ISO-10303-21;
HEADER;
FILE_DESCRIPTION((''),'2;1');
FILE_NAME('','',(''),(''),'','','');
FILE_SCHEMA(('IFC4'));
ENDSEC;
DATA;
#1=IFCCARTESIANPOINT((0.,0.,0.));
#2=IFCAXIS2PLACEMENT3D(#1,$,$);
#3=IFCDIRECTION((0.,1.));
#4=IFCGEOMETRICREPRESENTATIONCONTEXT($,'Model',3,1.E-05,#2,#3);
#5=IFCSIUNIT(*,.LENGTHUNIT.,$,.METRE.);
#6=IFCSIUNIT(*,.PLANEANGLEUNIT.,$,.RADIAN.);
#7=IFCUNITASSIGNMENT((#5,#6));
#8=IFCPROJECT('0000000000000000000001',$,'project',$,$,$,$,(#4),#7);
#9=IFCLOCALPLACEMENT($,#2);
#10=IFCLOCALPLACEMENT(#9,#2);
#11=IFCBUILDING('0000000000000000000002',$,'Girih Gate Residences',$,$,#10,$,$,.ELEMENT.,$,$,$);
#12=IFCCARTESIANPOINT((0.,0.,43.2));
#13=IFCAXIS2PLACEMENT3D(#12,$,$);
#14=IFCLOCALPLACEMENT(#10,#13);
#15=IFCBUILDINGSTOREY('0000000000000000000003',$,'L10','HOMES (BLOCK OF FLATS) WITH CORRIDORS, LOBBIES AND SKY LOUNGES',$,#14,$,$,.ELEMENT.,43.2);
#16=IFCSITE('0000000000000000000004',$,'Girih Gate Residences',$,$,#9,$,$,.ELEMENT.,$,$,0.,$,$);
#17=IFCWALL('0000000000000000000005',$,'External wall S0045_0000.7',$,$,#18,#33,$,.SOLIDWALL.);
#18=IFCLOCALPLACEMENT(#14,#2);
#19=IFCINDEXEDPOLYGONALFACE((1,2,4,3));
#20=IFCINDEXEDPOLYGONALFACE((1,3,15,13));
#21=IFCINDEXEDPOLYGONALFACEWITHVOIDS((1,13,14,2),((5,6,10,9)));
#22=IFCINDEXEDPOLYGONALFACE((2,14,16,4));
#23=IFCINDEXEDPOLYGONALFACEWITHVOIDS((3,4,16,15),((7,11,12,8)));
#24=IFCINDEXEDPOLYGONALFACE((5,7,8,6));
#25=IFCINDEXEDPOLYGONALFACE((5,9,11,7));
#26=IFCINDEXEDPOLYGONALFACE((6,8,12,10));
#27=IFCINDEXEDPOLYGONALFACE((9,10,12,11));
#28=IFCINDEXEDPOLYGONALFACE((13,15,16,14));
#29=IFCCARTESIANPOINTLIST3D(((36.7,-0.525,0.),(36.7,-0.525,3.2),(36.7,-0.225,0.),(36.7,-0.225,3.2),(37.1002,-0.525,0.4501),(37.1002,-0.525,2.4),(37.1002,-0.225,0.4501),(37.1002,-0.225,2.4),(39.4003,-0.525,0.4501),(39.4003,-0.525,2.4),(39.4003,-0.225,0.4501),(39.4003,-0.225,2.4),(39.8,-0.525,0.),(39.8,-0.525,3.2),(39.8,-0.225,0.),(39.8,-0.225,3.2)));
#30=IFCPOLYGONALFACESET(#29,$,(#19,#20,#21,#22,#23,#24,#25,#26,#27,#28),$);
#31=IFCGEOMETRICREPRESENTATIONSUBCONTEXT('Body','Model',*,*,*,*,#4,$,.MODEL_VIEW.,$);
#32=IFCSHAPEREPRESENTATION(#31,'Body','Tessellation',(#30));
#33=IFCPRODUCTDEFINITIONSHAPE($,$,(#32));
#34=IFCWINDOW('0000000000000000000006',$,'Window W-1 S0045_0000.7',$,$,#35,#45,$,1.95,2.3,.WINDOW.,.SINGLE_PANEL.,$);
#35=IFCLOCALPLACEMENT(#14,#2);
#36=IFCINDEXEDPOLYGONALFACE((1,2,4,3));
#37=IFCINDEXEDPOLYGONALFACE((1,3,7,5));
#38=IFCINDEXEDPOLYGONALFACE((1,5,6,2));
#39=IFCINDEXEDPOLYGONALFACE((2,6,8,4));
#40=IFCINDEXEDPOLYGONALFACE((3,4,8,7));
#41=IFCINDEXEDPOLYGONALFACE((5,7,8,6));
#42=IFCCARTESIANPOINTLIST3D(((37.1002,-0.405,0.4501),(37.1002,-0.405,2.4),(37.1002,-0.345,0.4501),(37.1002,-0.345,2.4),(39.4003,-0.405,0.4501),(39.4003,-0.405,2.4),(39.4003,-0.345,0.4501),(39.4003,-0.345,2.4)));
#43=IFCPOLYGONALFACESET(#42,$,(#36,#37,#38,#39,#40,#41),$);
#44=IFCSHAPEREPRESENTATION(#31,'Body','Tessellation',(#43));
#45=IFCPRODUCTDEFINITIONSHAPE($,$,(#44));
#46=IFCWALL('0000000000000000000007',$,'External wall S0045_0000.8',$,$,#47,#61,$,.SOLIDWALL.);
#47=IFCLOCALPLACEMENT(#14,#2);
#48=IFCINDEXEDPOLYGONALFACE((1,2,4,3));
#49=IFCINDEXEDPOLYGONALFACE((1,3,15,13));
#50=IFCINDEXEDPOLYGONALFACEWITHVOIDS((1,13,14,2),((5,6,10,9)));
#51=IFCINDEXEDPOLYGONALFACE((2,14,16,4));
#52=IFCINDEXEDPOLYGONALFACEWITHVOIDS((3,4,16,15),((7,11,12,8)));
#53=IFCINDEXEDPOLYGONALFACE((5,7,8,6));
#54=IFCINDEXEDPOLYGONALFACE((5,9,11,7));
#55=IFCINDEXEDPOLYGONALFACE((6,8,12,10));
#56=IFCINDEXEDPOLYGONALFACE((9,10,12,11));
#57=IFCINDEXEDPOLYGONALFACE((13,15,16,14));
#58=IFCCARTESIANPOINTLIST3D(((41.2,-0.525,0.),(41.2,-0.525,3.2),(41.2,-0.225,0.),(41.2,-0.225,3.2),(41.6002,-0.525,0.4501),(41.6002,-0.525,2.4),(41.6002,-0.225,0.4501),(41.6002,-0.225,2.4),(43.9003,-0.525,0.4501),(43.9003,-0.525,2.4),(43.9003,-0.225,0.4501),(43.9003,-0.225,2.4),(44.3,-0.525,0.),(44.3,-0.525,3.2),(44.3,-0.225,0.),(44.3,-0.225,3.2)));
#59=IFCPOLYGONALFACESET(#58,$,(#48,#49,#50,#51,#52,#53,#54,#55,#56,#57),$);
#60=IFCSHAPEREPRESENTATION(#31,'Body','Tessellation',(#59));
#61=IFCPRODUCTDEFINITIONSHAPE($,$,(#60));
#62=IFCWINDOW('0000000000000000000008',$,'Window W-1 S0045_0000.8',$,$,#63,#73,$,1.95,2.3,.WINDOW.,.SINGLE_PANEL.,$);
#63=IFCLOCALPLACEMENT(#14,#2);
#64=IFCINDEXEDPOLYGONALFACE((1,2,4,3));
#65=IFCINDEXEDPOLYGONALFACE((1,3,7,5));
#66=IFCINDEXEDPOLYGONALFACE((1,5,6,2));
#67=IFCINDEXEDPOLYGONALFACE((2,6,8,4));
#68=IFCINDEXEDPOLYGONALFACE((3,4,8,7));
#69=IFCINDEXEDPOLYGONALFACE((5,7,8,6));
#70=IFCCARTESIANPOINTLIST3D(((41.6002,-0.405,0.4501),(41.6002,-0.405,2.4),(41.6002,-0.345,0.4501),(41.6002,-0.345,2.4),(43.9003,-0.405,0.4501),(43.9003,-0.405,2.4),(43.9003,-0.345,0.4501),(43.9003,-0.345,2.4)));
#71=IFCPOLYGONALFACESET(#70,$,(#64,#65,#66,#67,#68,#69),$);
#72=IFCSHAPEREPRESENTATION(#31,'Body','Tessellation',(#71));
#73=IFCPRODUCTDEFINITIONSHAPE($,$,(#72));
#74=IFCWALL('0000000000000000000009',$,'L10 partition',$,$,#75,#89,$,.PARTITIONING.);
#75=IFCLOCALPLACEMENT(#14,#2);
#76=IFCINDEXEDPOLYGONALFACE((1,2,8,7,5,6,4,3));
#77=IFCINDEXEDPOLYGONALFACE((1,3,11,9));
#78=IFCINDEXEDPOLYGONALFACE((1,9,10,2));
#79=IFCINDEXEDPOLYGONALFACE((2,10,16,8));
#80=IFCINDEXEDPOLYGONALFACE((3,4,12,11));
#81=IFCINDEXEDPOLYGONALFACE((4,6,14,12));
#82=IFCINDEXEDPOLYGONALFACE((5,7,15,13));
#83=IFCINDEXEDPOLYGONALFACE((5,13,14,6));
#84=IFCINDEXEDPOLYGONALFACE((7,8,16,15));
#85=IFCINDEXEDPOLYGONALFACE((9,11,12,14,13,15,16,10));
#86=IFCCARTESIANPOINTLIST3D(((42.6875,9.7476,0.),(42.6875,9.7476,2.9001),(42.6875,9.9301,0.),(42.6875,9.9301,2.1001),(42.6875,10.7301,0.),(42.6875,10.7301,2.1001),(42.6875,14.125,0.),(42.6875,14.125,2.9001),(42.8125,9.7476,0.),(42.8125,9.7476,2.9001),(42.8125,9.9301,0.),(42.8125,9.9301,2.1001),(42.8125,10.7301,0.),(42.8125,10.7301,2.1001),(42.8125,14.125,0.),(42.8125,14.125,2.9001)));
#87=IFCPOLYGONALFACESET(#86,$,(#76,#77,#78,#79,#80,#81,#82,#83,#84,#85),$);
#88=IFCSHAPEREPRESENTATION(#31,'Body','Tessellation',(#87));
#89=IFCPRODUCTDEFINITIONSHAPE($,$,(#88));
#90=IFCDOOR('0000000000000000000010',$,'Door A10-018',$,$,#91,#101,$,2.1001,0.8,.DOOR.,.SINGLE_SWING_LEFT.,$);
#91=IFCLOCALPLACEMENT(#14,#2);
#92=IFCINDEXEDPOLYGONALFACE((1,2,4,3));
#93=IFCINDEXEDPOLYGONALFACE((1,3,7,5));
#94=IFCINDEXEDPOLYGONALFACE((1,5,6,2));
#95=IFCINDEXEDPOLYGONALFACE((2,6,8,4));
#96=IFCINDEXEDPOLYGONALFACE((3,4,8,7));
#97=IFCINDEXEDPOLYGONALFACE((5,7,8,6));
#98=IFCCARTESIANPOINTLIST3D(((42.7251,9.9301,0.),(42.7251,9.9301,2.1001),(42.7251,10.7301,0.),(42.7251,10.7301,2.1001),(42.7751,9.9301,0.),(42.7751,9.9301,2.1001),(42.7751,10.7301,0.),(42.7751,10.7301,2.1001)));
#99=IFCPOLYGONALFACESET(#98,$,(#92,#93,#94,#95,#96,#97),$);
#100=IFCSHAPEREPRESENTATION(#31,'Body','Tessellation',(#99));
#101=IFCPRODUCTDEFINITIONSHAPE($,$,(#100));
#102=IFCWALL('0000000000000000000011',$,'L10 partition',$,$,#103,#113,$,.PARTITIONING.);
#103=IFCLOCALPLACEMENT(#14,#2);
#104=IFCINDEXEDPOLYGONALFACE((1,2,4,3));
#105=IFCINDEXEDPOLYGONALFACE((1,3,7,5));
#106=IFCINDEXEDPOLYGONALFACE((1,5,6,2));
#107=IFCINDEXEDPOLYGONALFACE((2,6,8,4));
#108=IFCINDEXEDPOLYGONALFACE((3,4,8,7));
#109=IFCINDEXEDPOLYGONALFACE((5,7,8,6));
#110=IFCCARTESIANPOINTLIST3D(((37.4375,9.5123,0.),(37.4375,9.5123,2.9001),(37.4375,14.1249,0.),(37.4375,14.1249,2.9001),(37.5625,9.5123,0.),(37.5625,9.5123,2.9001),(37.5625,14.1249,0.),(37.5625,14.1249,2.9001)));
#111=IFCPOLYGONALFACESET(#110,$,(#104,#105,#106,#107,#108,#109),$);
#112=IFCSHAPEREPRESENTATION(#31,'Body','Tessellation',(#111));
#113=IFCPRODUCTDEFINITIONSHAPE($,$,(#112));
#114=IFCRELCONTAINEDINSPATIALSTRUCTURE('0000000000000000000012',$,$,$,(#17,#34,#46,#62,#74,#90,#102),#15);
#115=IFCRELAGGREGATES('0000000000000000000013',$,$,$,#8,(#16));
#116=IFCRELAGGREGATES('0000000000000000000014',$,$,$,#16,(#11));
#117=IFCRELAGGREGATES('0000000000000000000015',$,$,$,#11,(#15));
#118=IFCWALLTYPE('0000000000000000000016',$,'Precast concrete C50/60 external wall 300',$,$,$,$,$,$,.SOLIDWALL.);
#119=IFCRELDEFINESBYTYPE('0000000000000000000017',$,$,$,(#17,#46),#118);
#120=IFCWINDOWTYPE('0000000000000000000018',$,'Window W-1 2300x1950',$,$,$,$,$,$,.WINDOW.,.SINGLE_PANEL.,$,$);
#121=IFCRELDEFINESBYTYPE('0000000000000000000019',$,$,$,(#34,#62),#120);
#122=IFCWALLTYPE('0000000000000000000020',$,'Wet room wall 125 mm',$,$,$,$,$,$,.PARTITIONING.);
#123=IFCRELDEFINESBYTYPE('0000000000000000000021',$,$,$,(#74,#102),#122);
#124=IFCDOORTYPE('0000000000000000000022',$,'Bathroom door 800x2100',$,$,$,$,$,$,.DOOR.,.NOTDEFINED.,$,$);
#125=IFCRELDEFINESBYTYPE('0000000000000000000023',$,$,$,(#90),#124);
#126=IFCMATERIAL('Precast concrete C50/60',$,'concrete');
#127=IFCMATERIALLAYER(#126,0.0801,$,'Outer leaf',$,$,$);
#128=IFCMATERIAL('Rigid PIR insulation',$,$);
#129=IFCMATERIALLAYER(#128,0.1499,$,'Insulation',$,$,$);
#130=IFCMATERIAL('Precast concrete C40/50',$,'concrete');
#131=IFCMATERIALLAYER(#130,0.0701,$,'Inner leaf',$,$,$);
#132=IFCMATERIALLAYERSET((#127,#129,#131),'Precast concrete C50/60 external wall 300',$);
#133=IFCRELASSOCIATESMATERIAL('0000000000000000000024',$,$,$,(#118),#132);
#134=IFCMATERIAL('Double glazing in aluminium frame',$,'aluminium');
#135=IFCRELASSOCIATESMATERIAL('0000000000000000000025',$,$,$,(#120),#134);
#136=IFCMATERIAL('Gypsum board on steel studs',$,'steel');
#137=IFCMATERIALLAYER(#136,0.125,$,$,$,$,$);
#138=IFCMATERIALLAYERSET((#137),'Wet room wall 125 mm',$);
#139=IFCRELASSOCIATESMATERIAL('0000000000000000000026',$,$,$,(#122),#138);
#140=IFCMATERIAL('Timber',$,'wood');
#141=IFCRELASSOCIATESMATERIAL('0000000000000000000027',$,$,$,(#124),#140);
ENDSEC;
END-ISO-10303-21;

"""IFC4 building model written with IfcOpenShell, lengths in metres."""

from ifc_helpers import new_model, si_unit, direction, frame, frame_2d, origin, place, context, subcontext, project, spatial, rectangle, extrude, material, layer, layer_set, type_object, element, fill, save


model = new_model("IFC4")

# Units and contexts
model_context = context("Model", 3, precision=1e-05, world=origin(), true_north=direction((0.0, 1.0)))
body_context = subcontext(model_context, "Body", "Model", "MODEL_VIEW")
ifc_project = project(units=[si_unit("LENGTHUNIT", "METRE"), si_unit("PLANEANGLEUNIT", "RADIAN")], contexts=[model_context])

# Site, building, storey
site_placement = place(None, origin())
site = spatial("IfcSite", under=ifc_project, at=site_placement, Name="Girih Gate Residences", CompositionType="ELEMENT", RefElevation=0.0)
building_placement = place(site_placement, origin())
building = spatial("IfcBuilding", under=site, at=building_placement, Name="Girih Gate Residences", CompositionType="ELEMENT")
storey_placement = place(building_placement, frame((0.0, 0.0, 43.2)))
storey = spatial("IfcBuildingStorey", under=building, at=storey_placement, Name="L10", Description="HOMES (BLOCK OF FLATS) WITH CORRIDORS, LOBBIES AND SKY LOUNGES", CompositionType="ELEMENT", Elevation=43.2)

# Shared definitions
ifc_material_1 = material(Name="Gypsum board on steel studs", Category="steel")
ifc_material_2 = material(Name="Timber", Category="wood")

# Walls, openings, windows
ifc_material_3 = material(Name="Precast concrete C50/60", Category="concrete")
ifc_layer_1 = layer(ifc_material_3, 0.0801, Name="Outer leaf")
ifc_material_4 = material(Name="Rigid PIR insulation")
ifc_layer_2 = layer(ifc_material_4, 0.1499, Name="Insulation")
ifc_material_5 = material(Name="Precast concrete C40/50", Category="concrete")
ifc_layer_3 = layer(ifc_material_5, 0.0701, Name="Inner leaf")
ifc_layer_set_1 = layer_set([ifc_layer_1, ifc_layer_2, ifc_layer_3], Name="Precast concrete C50/60 external wall 300")
wall_type_1 = type_object("IfcWallType", Name="Precast concrete C50/60 external wall 300", PredefinedType="SOLIDWALL", material=ifc_layer_set_1)
wall_1_placement = place(storey_placement, frame((39.8, -0.375, 0.0), z_axis=(0.0, 0.0, 1.0), x_axis=(-1.0, 0.0, 0.0)))
wall_1 = element("IfcWall", 1, at=wall_1_placement, inside=storey, type_object=wall_type_1, Name="External wall S0045_0000.7", PredefinedType="SOLIDWALL", context=body_context, shape_type="SweptSolid", body=[
    extrude(rectangle(XDim=3.1001, YDim=0.3, at=frame_2d((1.55, 0.0))), origin(), (0.0, 0.0, 1.0), 3.2),
])
opening_1_placement = place(wall_1_placement, frame((0.3999, 0.0, 0.45)))
opening_1 = element("IfcOpeningElement", 2, at=opening_1_placement, cuts=wall_1, PredefinedType="OPENING", context=body_context, shape_type="SweptSolid", body=[
    extrude(rectangle(XDim=2.3, YDim=1.95, at=frame_2d((1.1499, 0.9751))), frame((0.0, 0.1599, 0.0), z_axis=(0.0, -1.0, 0.0), x_axis=(1.0, 0.0, 0.0)), (0.0, 0.0, 1.0), 0.3201),
])
ifc_material_6 = material(Name="Double glazing in aluminium frame", Category="aluminium")
window_type = type_object("IfcWindowType", Name="Window W-1 2300x1950", PartitioningType="SINGLE_PANEL", PredefinedType="WINDOW", material=ifc_material_6)
window_1_placement = place(opening_1_placement, origin())
window_1 = element("IfcWindow", 3, at=window_1_placement, inside=storey, type_object=window_type, Name="Window W-1 S0045_0000.7", OverallHeight=1.95, OverallWidth=2.3, PartitioningType="SINGLE_PANEL", PredefinedType="WINDOW", context=body_context, shape_type="SweptSolid", body=[
    extrude(rectangle(XDim=2.3, YDim=1.95, at=frame_2d((1.1499, 0.9751))), frame((0.0, 0.03, 0.0), z_axis=(0.0, -1.0, 0.0), x_axis=(1.0, 0.0, 0.0)), (0.0, 0.0, 1.0), 0.0601),
])
fill(opening_1, window_1)
wall_2_placement = place(storey_placement, frame((44.3, -0.375, 0.0), z_axis=(0.0, 0.0, 1.0), x_axis=(-1.0, 0.0, 0.0)))
wall_2 = element("IfcWall", 4, at=wall_2_placement, inside=storey, type_object=wall_type_1, Name="External wall S0045_0000.8", PredefinedType="SOLIDWALL", context=body_context, shape_type="SweptSolid", body=[
    extrude(rectangle(XDim=3.1001, YDim=0.3, at=frame_2d((1.55, 0.0))), origin(), (0.0, 0.0, 1.0), 3.2),
])
opening_2_placement = place(wall_2_placement, frame((0.3999, 0.0, 0.45)))
opening_2 = element("IfcOpeningElement", 5, at=opening_2_placement, cuts=wall_2, PredefinedType="OPENING", context=body_context, shape_type="SweptSolid", body=[
    extrude(rectangle(XDim=2.3, YDim=1.95, at=frame_2d((1.1499, 0.9751))), frame((0.0, 0.1599, 0.0), z_axis=(0.0, -1.0, 0.0), x_axis=(1.0, 0.0, 0.0)), (0.0, 0.0, 1.0), 0.3201),
])
window_2_placement = place(opening_2_placement, origin())
window_2 = element("IfcWindow", 6, at=window_2_placement, inside=storey, type_object=window_type, Name="Window W-1 S0045_0000.8", OverallHeight=1.95, OverallWidth=2.3, PartitioningType="SINGLE_PANEL", PredefinedType="WINDOW", context=body_context, shape_type="SweptSolid", body=[
    extrude(rectangle(XDim=2.3, YDim=1.95, at=frame_2d((1.1499, 0.9751))), frame((0.0, 0.03, 0.0), z_axis=(0.0, -1.0, 0.0), x_axis=(1.0, 0.0, 0.0)), (0.0, 0.0, 1.0), 0.0601),
])
fill(opening_2, window_2)

# Wall, opening, door
ifc_layer_4 = layer(ifc_material_1, 0.125)
ifc_layer_set_2 = layer_set([ifc_layer_4], Name="Wet room wall 125 mm")
wall_type_2 = type_object("IfcWallType", Name="Wet room wall 125 mm", PredefinedType="PARTITIONING", material=ifc_layer_set_2)
wall_3_placement = place(storey_placement, frame((42.75, 9.7476, 0.0), z_axis=(0.0, 0.0, 1.0), x_axis=(0.0, 1.0, 0.0)))
wall_3 = element("IfcWall", 7, at=wall_3_placement, inside=storey, type_object=wall_type_2, Name="L10 partition", PredefinedType="PARTITIONING", context=body_context, shape_type="SweptSolid", body=[
    extrude(rectangle(XDim=4.3774, YDim=0.125, at=frame_2d((2.1887, 0.0))), origin(), (0.0, 0.0, 1.0), 2.9001),
])
opening_3_placement = place(wall_3_placement, frame((0.1826, 0.0, 0.0)))
opening_3 = element("IfcOpeningElement", 8, at=opening_3_placement, cuts=wall_3, PredefinedType="OPENING", context=body_context, shape_type="SweptSolid", body=[
    extrude(rectangle(XDim=0.8, YDim=2.1001, at=frame_2d((0.3999, 1.05))), frame((0.0, 0.0725, 0.0), z_axis=(0.0, -1.0, 0.0), x_axis=(1.0, 0.0, 0.0)), (0.0, 0.0, 1.0), 0.145),
])
door_type_1 = type_object("IfcDoorType", Name="Bathroom door 800x2100", OperationType="NOTDEFINED", PredefinedType="DOOR", material=ifc_material_2)
door_1_placement = place(opening_3_placement, origin())
door_1 = element("IfcDoor", 9, at=door_1_placement, inside=storey, type_object=door_type_1, Name="Door A10-018", OperationType="SINGLE_SWING_LEFT", OverallHeight=2.1001, OverallWidth=0.8, PredefinedType="DOOR", context=body_context, shape_type="SweptSolid", body=[
    extrude(rectangle(XDim=0.8, YDim=2.1001, at=frame_2d((0.3999, 1.05))), frame((0.0, 0.0249, 0.0), z_axis=(0.0, -1.0, 0.0), x_axis=(1.0, 0.0, 0.0)), (0.0, 0.0, 1.0), 0.05),
])
fill(opening_3, door_1)

# Wall
wall_4_placement = place(storey_placement, frame((37.5, 9.5125, 0.0), z_axis=(0.0, 0.0, 1.0), x_axis=(0.0, 1.0, 0.0)))
element("IfcWall", 10, at=wall_4_placement, inside=storey, type_object=wall_type_2, Name="L10 partition", PredefinedType="PARTITIONING", context=body_context, shape_type="SweptSolid", body=[
    extrude(rectangle(XDim=4.6125, YDim=0.125, at=frame_2d((2.3062, 0.0))), origin(), (0.0, 0.0, 1.0), 2.9001),
])

save(model, "model.ifc")
